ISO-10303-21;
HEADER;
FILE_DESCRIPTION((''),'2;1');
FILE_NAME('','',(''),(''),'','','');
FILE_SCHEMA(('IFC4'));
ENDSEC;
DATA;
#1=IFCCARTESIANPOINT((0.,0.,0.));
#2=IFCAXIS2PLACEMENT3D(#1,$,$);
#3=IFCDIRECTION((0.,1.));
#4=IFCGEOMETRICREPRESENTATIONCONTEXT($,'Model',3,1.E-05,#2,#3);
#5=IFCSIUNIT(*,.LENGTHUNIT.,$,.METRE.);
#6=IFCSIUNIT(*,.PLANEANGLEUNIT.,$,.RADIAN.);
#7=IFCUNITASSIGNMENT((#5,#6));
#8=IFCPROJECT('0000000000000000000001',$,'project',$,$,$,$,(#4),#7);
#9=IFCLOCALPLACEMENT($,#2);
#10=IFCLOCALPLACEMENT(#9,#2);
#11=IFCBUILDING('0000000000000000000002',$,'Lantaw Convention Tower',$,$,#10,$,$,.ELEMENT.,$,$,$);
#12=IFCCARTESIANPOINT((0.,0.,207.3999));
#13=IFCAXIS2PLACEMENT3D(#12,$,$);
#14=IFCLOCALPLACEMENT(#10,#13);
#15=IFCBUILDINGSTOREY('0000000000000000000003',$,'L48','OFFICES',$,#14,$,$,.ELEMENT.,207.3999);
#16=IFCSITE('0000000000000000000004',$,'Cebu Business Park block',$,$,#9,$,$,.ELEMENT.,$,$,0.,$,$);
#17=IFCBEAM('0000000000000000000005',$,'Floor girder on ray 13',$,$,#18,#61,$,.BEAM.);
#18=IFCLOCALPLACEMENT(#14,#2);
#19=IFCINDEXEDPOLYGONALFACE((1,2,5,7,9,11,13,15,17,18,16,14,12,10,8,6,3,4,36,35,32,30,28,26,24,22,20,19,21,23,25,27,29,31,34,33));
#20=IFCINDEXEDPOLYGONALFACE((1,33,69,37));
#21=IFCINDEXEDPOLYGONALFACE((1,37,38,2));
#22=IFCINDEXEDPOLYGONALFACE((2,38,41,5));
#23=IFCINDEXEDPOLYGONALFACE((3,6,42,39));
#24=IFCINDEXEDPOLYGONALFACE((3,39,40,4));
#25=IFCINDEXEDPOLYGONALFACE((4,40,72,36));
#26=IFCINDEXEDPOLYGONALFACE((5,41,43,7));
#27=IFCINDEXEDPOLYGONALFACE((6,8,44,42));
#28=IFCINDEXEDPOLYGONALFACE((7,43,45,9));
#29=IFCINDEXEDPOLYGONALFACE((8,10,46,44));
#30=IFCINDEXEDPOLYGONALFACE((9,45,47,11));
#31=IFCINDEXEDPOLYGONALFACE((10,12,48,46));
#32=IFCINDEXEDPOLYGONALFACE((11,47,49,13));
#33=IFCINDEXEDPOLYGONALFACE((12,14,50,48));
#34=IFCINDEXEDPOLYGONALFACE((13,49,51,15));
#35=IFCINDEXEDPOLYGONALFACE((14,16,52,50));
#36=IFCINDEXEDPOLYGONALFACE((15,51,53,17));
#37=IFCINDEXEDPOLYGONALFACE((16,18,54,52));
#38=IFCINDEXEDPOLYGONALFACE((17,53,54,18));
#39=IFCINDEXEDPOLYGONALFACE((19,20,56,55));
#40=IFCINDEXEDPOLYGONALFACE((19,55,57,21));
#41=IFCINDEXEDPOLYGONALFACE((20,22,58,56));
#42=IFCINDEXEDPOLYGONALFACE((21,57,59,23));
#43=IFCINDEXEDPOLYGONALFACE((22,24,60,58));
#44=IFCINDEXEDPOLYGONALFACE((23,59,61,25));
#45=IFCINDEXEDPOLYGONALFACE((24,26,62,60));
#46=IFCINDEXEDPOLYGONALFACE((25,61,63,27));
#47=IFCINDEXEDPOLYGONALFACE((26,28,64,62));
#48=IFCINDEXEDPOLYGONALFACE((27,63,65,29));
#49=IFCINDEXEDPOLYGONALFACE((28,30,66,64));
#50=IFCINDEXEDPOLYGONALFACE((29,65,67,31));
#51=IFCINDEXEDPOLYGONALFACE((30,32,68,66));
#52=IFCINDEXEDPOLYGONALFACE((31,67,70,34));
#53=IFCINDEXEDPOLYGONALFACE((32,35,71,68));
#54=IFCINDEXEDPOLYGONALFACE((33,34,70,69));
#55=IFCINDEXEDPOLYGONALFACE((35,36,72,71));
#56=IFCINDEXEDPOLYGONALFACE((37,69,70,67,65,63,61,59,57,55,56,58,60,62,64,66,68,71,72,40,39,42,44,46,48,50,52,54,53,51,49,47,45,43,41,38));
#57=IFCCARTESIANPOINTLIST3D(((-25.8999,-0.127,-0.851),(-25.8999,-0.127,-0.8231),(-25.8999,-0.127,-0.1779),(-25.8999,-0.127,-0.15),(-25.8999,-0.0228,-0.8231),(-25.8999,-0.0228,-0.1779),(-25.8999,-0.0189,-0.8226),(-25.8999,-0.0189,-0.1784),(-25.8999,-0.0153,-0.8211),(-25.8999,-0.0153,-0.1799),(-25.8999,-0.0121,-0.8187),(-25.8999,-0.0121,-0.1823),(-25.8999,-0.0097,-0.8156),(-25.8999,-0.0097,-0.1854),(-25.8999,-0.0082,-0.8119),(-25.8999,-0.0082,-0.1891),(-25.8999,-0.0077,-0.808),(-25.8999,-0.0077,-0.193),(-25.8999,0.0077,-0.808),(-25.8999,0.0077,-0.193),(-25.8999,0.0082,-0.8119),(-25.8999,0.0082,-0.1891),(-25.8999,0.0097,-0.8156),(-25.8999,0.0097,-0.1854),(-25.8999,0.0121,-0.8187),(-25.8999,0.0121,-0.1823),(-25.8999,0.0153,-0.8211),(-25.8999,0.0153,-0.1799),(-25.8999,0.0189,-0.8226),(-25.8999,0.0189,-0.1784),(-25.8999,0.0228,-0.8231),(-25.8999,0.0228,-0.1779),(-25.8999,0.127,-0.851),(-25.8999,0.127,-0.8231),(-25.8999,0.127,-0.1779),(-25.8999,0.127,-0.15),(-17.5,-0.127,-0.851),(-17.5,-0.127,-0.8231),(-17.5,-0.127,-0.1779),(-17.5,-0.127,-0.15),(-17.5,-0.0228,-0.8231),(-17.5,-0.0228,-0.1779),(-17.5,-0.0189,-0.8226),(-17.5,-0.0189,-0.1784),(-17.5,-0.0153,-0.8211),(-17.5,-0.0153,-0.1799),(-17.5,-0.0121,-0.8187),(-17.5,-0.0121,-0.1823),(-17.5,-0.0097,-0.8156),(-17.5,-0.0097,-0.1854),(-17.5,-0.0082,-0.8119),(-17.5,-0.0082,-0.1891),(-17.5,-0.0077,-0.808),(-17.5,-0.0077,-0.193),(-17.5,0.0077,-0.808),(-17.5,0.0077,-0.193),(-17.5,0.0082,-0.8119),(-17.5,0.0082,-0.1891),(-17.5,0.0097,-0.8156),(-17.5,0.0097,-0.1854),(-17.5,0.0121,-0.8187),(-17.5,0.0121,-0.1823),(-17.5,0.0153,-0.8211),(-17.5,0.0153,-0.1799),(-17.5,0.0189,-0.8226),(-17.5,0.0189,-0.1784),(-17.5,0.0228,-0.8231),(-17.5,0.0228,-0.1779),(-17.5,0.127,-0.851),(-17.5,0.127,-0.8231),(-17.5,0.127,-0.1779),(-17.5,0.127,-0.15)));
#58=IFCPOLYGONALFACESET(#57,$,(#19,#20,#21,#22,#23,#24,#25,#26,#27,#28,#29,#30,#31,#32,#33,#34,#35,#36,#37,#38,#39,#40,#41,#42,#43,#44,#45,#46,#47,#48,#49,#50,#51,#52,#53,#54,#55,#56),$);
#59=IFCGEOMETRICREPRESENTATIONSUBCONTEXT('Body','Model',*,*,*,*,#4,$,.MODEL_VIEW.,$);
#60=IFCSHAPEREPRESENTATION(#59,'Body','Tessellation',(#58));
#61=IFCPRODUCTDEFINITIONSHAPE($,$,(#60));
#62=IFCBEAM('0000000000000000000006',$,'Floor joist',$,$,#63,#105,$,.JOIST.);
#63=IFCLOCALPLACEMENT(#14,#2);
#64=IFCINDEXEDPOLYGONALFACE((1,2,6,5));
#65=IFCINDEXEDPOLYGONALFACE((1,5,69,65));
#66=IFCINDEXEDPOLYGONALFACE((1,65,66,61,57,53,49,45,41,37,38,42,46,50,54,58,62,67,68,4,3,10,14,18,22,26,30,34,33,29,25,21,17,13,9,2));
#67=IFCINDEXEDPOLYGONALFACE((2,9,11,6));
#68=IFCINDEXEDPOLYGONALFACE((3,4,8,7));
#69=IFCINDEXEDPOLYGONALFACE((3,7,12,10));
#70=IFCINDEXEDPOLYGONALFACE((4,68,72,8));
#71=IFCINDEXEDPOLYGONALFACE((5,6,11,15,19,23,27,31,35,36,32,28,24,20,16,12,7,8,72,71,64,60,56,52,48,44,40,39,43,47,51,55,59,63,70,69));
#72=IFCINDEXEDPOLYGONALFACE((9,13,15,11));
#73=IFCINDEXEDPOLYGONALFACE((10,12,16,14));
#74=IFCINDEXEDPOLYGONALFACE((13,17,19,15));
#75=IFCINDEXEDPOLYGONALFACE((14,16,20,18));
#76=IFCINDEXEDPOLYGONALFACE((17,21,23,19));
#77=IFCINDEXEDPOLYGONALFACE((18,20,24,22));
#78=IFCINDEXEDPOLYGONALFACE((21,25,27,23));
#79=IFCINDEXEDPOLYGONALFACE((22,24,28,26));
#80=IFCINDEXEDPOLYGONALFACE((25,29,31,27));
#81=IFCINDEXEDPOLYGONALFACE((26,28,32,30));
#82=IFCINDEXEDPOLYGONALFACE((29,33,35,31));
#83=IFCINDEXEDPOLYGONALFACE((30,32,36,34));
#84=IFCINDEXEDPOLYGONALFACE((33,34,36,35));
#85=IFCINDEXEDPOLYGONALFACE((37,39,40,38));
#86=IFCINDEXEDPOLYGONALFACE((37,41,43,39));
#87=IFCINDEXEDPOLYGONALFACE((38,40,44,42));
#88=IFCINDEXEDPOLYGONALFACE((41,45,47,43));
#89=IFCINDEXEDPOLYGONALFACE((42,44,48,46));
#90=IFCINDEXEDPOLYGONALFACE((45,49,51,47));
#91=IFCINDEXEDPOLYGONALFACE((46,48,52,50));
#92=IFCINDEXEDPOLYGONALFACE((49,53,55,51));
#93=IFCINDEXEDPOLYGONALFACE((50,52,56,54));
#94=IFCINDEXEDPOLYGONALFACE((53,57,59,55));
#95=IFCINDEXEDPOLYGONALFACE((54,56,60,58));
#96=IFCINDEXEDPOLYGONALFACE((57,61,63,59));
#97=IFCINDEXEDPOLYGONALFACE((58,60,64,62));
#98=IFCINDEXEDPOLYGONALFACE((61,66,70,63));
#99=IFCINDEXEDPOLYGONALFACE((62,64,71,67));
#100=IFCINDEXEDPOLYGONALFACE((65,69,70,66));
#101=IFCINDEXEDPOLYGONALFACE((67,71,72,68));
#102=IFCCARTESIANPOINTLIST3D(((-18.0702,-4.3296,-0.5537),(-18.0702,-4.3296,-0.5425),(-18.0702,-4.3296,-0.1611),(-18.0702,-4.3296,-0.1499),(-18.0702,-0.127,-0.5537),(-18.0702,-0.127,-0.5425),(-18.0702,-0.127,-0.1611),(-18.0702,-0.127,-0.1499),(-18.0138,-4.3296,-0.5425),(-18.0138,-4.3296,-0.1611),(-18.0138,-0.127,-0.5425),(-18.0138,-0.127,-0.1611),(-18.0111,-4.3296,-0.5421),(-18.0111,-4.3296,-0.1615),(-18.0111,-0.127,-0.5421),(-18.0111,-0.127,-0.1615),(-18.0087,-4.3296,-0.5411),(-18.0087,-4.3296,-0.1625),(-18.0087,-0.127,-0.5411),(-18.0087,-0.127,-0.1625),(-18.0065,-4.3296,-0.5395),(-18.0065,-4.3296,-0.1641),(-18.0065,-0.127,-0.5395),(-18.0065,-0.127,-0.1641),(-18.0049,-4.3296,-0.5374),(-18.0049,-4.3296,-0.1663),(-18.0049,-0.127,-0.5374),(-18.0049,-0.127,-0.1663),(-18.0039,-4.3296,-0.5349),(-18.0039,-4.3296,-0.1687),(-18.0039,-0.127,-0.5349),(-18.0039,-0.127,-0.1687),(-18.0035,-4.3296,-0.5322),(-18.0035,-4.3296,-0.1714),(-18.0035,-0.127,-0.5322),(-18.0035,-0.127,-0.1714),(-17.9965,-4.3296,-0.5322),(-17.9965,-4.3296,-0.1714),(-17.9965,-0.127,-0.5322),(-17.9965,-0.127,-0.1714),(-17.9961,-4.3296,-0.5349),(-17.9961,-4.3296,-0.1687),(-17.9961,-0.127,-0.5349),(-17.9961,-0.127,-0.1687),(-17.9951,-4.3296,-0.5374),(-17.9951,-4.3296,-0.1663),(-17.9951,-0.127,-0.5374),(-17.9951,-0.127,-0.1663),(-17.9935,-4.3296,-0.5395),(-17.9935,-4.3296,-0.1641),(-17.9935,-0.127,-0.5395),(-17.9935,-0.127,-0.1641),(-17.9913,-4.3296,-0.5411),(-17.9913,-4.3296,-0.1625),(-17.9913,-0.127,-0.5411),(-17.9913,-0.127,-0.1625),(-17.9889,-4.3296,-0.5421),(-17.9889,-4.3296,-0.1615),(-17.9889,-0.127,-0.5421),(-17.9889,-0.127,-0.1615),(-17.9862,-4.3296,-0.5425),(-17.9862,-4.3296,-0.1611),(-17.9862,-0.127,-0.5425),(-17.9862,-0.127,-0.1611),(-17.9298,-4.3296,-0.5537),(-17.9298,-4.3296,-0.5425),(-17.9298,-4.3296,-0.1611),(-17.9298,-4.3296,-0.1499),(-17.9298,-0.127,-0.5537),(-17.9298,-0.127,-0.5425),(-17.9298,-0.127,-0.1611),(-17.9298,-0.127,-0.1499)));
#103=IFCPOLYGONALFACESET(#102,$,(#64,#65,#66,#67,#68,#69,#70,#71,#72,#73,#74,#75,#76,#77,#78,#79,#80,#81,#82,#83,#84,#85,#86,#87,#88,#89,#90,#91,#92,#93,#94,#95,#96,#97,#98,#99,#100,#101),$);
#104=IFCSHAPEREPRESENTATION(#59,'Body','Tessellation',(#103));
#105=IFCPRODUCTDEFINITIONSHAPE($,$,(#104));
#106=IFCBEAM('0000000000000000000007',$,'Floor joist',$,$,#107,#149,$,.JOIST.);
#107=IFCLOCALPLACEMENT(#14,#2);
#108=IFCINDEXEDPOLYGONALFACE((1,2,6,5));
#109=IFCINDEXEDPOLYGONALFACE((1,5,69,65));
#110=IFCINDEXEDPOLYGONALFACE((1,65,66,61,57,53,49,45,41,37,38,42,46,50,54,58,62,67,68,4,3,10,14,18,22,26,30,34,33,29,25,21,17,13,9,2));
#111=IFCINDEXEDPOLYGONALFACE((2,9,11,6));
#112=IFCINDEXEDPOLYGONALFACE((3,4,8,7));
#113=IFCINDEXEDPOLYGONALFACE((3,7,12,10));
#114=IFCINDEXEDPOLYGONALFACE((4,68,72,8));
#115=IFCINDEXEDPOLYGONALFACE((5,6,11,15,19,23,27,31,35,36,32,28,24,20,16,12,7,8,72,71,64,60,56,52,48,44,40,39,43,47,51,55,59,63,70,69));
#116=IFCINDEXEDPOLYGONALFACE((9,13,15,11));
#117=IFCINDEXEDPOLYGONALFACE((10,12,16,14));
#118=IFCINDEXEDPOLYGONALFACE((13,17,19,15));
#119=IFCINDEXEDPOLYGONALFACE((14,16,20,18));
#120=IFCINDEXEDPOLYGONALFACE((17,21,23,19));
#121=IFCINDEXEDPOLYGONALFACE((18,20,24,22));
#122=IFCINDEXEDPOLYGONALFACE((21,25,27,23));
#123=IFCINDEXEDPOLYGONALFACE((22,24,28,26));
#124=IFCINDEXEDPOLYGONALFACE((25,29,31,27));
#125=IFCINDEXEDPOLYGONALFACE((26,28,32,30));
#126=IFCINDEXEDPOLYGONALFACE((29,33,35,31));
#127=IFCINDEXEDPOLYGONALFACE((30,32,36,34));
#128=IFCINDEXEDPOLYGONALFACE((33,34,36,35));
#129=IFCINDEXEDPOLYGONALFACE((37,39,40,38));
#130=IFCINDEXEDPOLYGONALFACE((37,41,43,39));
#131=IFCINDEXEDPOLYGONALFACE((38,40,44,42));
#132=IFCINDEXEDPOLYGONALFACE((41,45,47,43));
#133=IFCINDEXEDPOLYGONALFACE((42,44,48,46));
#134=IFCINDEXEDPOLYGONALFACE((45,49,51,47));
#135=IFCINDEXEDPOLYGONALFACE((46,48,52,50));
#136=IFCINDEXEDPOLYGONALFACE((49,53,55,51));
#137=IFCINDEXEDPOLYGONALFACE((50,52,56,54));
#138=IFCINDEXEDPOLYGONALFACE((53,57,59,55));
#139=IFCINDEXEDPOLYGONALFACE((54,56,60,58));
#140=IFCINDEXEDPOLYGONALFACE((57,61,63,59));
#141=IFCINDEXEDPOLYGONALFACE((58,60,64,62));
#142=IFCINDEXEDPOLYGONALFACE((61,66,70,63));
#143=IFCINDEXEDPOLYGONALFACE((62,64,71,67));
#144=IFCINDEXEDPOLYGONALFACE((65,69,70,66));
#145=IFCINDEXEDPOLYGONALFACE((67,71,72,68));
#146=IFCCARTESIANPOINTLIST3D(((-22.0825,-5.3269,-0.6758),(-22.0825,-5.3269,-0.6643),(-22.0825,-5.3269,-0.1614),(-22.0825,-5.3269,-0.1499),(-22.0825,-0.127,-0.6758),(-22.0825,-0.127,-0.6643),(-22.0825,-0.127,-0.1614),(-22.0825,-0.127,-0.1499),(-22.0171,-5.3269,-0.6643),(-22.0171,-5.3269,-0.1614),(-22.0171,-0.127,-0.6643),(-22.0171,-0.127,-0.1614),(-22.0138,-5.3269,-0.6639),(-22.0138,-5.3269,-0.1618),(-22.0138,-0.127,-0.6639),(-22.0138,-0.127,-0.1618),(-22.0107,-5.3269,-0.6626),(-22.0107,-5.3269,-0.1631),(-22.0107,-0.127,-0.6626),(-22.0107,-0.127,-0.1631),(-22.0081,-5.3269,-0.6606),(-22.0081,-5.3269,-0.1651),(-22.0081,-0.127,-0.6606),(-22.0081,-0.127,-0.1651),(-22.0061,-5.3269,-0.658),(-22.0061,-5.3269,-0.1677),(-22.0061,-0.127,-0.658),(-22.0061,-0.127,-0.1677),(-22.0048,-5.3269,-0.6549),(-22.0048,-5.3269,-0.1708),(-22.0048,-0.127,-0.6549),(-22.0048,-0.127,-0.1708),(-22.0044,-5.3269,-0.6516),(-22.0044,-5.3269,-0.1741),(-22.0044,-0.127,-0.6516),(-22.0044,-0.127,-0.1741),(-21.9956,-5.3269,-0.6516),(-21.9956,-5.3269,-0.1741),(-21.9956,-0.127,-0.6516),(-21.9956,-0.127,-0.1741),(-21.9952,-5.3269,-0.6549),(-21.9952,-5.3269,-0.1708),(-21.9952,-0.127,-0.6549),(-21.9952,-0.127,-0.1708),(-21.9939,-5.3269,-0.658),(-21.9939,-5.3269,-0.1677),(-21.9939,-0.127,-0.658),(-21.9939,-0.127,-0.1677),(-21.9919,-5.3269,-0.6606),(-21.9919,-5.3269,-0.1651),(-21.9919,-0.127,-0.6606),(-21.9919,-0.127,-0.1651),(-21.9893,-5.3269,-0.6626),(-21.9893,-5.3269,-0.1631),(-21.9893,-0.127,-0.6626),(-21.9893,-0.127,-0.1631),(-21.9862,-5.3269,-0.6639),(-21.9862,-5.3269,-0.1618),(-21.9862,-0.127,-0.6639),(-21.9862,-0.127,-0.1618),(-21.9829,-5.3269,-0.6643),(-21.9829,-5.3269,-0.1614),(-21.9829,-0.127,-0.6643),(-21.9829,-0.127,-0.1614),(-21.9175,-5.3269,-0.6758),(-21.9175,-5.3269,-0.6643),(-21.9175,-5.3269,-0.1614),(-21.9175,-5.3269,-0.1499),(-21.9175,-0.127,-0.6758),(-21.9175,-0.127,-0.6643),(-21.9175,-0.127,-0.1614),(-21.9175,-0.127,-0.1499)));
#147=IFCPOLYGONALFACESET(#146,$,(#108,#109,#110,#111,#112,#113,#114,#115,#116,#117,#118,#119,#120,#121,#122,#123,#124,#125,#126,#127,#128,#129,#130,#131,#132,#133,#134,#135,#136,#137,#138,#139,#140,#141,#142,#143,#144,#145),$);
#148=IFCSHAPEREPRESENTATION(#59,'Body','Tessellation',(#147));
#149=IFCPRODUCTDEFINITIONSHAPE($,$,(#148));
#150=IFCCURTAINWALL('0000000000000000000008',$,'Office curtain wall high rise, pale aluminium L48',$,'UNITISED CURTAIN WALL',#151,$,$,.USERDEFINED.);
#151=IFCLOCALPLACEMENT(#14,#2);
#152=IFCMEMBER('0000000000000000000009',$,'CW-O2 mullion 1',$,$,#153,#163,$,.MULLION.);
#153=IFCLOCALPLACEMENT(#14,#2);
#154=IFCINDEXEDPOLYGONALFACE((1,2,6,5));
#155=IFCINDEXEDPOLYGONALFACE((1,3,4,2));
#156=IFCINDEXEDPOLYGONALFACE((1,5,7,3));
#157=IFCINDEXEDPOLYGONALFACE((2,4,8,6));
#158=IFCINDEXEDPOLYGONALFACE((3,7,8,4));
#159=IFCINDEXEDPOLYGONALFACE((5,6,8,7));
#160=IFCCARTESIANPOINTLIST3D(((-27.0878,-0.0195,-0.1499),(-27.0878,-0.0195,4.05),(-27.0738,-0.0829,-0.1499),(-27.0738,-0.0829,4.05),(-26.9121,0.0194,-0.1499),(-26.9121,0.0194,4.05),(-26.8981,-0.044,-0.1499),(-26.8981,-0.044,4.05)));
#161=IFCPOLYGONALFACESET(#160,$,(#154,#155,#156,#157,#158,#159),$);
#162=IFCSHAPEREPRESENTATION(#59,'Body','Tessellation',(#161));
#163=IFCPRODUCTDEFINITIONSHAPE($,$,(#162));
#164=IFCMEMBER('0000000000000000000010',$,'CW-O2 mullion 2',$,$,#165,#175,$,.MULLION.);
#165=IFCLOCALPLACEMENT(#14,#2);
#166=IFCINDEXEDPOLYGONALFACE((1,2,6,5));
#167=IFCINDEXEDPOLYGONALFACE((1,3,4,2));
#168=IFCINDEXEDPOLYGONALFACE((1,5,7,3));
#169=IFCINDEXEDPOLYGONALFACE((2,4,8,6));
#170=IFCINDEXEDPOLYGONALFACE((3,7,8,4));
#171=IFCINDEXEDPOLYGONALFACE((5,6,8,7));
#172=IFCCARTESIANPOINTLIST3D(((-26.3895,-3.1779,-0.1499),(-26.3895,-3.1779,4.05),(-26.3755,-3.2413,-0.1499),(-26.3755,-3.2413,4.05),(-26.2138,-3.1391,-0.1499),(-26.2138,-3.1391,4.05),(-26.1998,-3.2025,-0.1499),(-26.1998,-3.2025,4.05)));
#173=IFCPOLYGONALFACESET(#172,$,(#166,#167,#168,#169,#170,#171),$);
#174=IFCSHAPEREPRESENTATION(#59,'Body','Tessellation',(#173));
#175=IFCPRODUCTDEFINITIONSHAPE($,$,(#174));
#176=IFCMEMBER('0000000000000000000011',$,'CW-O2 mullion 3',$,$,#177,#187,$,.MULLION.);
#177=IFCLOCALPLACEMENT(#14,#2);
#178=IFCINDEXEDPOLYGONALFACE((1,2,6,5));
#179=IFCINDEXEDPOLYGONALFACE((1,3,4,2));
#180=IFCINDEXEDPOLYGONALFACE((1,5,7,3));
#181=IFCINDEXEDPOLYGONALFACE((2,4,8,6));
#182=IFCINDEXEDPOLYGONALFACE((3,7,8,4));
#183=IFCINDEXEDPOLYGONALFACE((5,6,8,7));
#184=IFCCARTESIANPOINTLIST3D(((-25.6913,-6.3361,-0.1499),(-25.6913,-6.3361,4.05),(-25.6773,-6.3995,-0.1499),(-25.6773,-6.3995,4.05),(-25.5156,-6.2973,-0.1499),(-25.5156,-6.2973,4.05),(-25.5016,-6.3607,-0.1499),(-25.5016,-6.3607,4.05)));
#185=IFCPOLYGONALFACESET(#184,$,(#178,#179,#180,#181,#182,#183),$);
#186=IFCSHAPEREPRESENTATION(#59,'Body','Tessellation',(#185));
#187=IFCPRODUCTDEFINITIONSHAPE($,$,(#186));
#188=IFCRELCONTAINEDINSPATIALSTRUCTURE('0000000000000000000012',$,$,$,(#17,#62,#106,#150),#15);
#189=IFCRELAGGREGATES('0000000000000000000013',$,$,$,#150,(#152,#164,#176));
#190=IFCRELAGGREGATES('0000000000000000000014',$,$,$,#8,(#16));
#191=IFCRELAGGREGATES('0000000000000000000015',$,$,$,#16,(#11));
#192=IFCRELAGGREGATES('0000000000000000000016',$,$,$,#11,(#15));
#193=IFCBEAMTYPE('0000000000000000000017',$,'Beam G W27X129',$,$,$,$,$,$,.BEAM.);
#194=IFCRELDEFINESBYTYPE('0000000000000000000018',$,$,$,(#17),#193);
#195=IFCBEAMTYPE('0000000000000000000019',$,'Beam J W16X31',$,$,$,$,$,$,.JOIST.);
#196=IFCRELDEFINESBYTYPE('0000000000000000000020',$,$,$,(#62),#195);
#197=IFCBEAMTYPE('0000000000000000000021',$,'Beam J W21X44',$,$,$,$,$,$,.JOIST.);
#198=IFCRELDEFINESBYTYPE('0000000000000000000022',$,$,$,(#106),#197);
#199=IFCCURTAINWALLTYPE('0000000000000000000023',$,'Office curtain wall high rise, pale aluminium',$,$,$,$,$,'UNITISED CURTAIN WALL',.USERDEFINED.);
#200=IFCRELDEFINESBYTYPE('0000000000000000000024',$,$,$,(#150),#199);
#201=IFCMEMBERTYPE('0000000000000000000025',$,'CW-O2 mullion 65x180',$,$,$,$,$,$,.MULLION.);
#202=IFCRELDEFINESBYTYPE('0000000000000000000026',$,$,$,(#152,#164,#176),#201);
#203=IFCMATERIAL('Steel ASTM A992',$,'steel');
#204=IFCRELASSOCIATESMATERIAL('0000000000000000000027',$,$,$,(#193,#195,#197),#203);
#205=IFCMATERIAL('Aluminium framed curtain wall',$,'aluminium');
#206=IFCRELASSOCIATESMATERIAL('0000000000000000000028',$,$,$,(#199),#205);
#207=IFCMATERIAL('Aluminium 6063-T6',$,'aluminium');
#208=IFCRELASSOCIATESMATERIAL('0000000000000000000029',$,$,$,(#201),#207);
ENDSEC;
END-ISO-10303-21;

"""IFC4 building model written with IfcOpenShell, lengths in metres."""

from ifc_helpers import new_model, si_unit, direction, frame, origin, origin_2d, place, context, subcontext, project, spatial, rectangle, i_section, extrude, material, material_profile, profile_set, type_object, element, aggregate, save


model = new_model("IFC4")

# Units and contexts
model_context = context("Model", 3, precision=1e-05, world=origin(), true_north=direction((0.0, 1.0)))
body_context = subcontext(model_context, "Body", "Model", "MODEL_VIEW")
ifc_project = project(units=[si_unit("LENGTHUNIT", "METRE"), si_unit("PLANEANGLEUNIT", "RADIAN")], contexts=[model_context])

# Site, building, storey
site_placement = place(None, origin())
site = spatial("IfcSite", under=ifc_project, at=site_placement, Name="Cebu Business Park block", CompositionType="ELEMENT", RefElevation=0.0)
building_placement = place(site_placement, origin())
building = spatial("IfcBuilding", under=site, at=building_placement, Name="Lantaw Convention Tower", CompositionType="ELEMENT")
storey_placement = place(building_placement, frame((0.0, 0.0, 207.3999)))
storey = spatial("IfcBuildingStorey", under=building, at=storey_placement, Name="L48", Description="OFFICES", CompositionType="ELEMENT", Elevation=207.3999)

# Beams
ifc_material_1 = material(Name="Steel ASTM A992", Category="steel")
ifc_material_profile_1 = material_profile(ifc_material_1, i_section(OverallWidth=0.2539, OverallDepth=0.7009, WebThickness=0.0154, FlangeThickness=0.0278, FilletRadius=0.0151, at=origin_2d()), Name="W27X129")
ifc_profile_set_1 = profile_set([ifc_material_profile_1], Name="Steel ASTM A992")
beam_type_1 = type_object("IfcBeamType", Name="Beam G W27X129", PredefinedType="BEAM", material=ifc_profile_set_1)
beam_1_placement = place(storey_placement, frame((-17.5, 0.0, -0.5005), z_axis=(-1.0, 0.0, 0.0), x_axis=(0.0, -1.0, 0.0)))
element("IfcBeam", 1, at=beam_1_placement, inside=storey, type_object=beam_type_1, Name="Floor girder on ray 13", PredefinedType="BEAM", context=body_context, shape_type="SweptSolid", body=[
    extrude(i_section(OverallWidth=0.2539, OverallDepth=0.7009, WebThickness=0.0154, FlangeThickness=0.0278, FilletRadius=0.0151, at=origin_2d()), origin(), (0.0, 0.0, 1.0), 8.3999),
])
ifc_material_profile_2 = material_profile(ifc_material_1, i_section(OverallWidth=0.1404, OverallDepth=0.4038, WebThickness=0.0071, FlangeThickness=0.0112, FilletRadius=0.0103, at=origin_2d()), Name="W16X31")
ifc_profile_set_2 = profile_set([ifc_material_profile_2], Name="Steel ASTM A992")
beam_type_2 = type_object("IfcBeamType", Name="Beam J W16X31", PredefinedType="JOIST", material=ifc_profile_set_2)
beam_2_placement = place(storey_placement, frame((-18.0, -4.3296, -0.3518), z_axis=(0.0, 1.0, 0.0), x_axis=(-1.0, 0.0, 0.0)))
element("IfcBeam", 2, at=beam_2_placement, inside=storey, type_object=beam_type_2, Name="Floor joist", PredefinedType="JOIST", context=body_context, shape_type="SweptSolid", body=[
    extrude(i_section(OverallWidth=0.1404, OverallDepth=0.4038, WebThickness=0.0071, FlangeThickness=0.0112, FilletRadius=0.0103, at=origin_2d()), origin(), (0.0, 0.0, 1.0), 4.2026),
])
ifc_material_profile_3 = material_profile(ifc_material_1, i_section(OverallWidth=0.165, OverallDepth=0.5259, WebThickness=0.0088, FlangeThickness=0.0115, FilletRadius=0.0127, at=origin_2d()), Name="W21X44")
ifc_profile_set_3 = profile_set([ifc_material_profile_3], Name="Steel ASTM A992")
beam_type_3 = type_object("IfcBeamType", Name="Beam J W21X44", PredefinedType="JOIST", material=ifc_profile_set_3)
beam_3_placement = place(storey_placement, frame((-22.0, -5.3269, -0.4128), z_axis=(0.0, 1.0, 0.0), x_axis=(-1.0, 0.0, 0.0)))
element("IfcBeam", 3, at=beam_3_placement, inside=storey, type_object=beam_type_3, Name="Floor joist", PredefinedType="JOIST", context=body_context, shape_type="SweptSolid", body=[
    extrude(i_section(OverallWidth=0.165, OverallDepth=0.5259, WebThickness=0.0088, FlangeThickness=0.0115, FilletRadius=0.0127, at=origin_2d()), origin(), (0.0, 0.0, 1.0), 5.2),
])

# Curtain wall, members
ifc_material_2 = material(Name="Aluminium framed curtain wall", Category="aluminium")
curtain_wall_type = type_object("IfcCurtainWallType", Name="Office curtain wall high rise, pale aluminium", ElementType="UNITISED CURTAIN WALL", PredefinedType="USERDEFINED", material=ifc_material_2)
curtain_wall_1_placement = place(storey_placement, origin())
curtain_wall_1 = element("IfcCurtainWall", 4, at=curtain_wall_1_placement, inside=storey, type_object=curtain_wall_type, Name="Office curtain wall high rise, pale aluminium L48", ObjectType="UNITISED CURTAIN WALL", PredefinedType="USERDEFINED")
ifc_material_3 = material(Name="Aluminium 6063-T6", Category="aluminium")
ifc_material_profile_4 = material_profile(ifc_material_3, rectangle(XDim=0.1799, YDim=0.0649, at=origin_2d()), Name="CW-O2 mullion 65x180")
ifc_profile_set_4 = profile_set([ifc_material_profile_4], Name="Aluminium 6063-T6")
member_type_1 = type_object("IfcMemberType", Name="CW-O2 mullion 65x180", PredefinedType="MULLION", material=ifc_profile_set_4)
member_1_placement = place(storey_placement, frame((-26.9929, -0.0317, -0.1499), z_axis=(0.0, 0.0, 1.0), x_axis=(0.976417, 0.215891, 0.0)))
member_1 = element("IfcMember", 5, at=member_1_placement, type_object=member_type_1, Name="CW-O2 mullion 1", PredefinedType="MULLION", context=body_context, shape_type="SweptSolid", body=[
    extrude(rectangle(XDim=0.1799, YDim=0.0649, at=origin_2d()), origin(), (0.0, 0.0, 1.0), 4.2),
])
member_2_placement = place(storey_placement, frame((-26.2947, -3.1902, -0.1499), z_axis=(0.0, 0.0, 1.0), x_axis=(0.976417, 0.215891, 0.0)))
member_2 = element("IfcMember", 6, at=member_2_placement, type_object=member_type_1, Name="CW-O2 mullion 2", PredefinedType="MULLION", context=body_context, shape_type="SweptSolid", body=[
    extrude(rectangle(XDim=0.1799, YDim=0.0649, at=origin_2d()), origin(), (0.0, 0.0, 1.0), 4.2),
])
member_3_placement = place(storey_placement, frame((-25.5964, -6.3484, -0.1499), z_axis=(0.0, 0.0, 1.0), x_axis=(0.976417, 0.215891, 0.0)))
member_3 = element("IfcMember", 7, at=member_3_placement, type_object=member_type_1, Name="CW-O2 mullion 3", PredefinedType="MULLION", context=body_context, shape_type="SweptSolid", body=[
    extrude(rectangle(XDim=0.1799, YDim=0.0649, at=origin_2d()), origin(), (0.0, 0.0, 1.0), 4.2),
])

aggregate(curtain_wall_1, [member_1, member_2, member_3])

save(model, "model.ifc")
